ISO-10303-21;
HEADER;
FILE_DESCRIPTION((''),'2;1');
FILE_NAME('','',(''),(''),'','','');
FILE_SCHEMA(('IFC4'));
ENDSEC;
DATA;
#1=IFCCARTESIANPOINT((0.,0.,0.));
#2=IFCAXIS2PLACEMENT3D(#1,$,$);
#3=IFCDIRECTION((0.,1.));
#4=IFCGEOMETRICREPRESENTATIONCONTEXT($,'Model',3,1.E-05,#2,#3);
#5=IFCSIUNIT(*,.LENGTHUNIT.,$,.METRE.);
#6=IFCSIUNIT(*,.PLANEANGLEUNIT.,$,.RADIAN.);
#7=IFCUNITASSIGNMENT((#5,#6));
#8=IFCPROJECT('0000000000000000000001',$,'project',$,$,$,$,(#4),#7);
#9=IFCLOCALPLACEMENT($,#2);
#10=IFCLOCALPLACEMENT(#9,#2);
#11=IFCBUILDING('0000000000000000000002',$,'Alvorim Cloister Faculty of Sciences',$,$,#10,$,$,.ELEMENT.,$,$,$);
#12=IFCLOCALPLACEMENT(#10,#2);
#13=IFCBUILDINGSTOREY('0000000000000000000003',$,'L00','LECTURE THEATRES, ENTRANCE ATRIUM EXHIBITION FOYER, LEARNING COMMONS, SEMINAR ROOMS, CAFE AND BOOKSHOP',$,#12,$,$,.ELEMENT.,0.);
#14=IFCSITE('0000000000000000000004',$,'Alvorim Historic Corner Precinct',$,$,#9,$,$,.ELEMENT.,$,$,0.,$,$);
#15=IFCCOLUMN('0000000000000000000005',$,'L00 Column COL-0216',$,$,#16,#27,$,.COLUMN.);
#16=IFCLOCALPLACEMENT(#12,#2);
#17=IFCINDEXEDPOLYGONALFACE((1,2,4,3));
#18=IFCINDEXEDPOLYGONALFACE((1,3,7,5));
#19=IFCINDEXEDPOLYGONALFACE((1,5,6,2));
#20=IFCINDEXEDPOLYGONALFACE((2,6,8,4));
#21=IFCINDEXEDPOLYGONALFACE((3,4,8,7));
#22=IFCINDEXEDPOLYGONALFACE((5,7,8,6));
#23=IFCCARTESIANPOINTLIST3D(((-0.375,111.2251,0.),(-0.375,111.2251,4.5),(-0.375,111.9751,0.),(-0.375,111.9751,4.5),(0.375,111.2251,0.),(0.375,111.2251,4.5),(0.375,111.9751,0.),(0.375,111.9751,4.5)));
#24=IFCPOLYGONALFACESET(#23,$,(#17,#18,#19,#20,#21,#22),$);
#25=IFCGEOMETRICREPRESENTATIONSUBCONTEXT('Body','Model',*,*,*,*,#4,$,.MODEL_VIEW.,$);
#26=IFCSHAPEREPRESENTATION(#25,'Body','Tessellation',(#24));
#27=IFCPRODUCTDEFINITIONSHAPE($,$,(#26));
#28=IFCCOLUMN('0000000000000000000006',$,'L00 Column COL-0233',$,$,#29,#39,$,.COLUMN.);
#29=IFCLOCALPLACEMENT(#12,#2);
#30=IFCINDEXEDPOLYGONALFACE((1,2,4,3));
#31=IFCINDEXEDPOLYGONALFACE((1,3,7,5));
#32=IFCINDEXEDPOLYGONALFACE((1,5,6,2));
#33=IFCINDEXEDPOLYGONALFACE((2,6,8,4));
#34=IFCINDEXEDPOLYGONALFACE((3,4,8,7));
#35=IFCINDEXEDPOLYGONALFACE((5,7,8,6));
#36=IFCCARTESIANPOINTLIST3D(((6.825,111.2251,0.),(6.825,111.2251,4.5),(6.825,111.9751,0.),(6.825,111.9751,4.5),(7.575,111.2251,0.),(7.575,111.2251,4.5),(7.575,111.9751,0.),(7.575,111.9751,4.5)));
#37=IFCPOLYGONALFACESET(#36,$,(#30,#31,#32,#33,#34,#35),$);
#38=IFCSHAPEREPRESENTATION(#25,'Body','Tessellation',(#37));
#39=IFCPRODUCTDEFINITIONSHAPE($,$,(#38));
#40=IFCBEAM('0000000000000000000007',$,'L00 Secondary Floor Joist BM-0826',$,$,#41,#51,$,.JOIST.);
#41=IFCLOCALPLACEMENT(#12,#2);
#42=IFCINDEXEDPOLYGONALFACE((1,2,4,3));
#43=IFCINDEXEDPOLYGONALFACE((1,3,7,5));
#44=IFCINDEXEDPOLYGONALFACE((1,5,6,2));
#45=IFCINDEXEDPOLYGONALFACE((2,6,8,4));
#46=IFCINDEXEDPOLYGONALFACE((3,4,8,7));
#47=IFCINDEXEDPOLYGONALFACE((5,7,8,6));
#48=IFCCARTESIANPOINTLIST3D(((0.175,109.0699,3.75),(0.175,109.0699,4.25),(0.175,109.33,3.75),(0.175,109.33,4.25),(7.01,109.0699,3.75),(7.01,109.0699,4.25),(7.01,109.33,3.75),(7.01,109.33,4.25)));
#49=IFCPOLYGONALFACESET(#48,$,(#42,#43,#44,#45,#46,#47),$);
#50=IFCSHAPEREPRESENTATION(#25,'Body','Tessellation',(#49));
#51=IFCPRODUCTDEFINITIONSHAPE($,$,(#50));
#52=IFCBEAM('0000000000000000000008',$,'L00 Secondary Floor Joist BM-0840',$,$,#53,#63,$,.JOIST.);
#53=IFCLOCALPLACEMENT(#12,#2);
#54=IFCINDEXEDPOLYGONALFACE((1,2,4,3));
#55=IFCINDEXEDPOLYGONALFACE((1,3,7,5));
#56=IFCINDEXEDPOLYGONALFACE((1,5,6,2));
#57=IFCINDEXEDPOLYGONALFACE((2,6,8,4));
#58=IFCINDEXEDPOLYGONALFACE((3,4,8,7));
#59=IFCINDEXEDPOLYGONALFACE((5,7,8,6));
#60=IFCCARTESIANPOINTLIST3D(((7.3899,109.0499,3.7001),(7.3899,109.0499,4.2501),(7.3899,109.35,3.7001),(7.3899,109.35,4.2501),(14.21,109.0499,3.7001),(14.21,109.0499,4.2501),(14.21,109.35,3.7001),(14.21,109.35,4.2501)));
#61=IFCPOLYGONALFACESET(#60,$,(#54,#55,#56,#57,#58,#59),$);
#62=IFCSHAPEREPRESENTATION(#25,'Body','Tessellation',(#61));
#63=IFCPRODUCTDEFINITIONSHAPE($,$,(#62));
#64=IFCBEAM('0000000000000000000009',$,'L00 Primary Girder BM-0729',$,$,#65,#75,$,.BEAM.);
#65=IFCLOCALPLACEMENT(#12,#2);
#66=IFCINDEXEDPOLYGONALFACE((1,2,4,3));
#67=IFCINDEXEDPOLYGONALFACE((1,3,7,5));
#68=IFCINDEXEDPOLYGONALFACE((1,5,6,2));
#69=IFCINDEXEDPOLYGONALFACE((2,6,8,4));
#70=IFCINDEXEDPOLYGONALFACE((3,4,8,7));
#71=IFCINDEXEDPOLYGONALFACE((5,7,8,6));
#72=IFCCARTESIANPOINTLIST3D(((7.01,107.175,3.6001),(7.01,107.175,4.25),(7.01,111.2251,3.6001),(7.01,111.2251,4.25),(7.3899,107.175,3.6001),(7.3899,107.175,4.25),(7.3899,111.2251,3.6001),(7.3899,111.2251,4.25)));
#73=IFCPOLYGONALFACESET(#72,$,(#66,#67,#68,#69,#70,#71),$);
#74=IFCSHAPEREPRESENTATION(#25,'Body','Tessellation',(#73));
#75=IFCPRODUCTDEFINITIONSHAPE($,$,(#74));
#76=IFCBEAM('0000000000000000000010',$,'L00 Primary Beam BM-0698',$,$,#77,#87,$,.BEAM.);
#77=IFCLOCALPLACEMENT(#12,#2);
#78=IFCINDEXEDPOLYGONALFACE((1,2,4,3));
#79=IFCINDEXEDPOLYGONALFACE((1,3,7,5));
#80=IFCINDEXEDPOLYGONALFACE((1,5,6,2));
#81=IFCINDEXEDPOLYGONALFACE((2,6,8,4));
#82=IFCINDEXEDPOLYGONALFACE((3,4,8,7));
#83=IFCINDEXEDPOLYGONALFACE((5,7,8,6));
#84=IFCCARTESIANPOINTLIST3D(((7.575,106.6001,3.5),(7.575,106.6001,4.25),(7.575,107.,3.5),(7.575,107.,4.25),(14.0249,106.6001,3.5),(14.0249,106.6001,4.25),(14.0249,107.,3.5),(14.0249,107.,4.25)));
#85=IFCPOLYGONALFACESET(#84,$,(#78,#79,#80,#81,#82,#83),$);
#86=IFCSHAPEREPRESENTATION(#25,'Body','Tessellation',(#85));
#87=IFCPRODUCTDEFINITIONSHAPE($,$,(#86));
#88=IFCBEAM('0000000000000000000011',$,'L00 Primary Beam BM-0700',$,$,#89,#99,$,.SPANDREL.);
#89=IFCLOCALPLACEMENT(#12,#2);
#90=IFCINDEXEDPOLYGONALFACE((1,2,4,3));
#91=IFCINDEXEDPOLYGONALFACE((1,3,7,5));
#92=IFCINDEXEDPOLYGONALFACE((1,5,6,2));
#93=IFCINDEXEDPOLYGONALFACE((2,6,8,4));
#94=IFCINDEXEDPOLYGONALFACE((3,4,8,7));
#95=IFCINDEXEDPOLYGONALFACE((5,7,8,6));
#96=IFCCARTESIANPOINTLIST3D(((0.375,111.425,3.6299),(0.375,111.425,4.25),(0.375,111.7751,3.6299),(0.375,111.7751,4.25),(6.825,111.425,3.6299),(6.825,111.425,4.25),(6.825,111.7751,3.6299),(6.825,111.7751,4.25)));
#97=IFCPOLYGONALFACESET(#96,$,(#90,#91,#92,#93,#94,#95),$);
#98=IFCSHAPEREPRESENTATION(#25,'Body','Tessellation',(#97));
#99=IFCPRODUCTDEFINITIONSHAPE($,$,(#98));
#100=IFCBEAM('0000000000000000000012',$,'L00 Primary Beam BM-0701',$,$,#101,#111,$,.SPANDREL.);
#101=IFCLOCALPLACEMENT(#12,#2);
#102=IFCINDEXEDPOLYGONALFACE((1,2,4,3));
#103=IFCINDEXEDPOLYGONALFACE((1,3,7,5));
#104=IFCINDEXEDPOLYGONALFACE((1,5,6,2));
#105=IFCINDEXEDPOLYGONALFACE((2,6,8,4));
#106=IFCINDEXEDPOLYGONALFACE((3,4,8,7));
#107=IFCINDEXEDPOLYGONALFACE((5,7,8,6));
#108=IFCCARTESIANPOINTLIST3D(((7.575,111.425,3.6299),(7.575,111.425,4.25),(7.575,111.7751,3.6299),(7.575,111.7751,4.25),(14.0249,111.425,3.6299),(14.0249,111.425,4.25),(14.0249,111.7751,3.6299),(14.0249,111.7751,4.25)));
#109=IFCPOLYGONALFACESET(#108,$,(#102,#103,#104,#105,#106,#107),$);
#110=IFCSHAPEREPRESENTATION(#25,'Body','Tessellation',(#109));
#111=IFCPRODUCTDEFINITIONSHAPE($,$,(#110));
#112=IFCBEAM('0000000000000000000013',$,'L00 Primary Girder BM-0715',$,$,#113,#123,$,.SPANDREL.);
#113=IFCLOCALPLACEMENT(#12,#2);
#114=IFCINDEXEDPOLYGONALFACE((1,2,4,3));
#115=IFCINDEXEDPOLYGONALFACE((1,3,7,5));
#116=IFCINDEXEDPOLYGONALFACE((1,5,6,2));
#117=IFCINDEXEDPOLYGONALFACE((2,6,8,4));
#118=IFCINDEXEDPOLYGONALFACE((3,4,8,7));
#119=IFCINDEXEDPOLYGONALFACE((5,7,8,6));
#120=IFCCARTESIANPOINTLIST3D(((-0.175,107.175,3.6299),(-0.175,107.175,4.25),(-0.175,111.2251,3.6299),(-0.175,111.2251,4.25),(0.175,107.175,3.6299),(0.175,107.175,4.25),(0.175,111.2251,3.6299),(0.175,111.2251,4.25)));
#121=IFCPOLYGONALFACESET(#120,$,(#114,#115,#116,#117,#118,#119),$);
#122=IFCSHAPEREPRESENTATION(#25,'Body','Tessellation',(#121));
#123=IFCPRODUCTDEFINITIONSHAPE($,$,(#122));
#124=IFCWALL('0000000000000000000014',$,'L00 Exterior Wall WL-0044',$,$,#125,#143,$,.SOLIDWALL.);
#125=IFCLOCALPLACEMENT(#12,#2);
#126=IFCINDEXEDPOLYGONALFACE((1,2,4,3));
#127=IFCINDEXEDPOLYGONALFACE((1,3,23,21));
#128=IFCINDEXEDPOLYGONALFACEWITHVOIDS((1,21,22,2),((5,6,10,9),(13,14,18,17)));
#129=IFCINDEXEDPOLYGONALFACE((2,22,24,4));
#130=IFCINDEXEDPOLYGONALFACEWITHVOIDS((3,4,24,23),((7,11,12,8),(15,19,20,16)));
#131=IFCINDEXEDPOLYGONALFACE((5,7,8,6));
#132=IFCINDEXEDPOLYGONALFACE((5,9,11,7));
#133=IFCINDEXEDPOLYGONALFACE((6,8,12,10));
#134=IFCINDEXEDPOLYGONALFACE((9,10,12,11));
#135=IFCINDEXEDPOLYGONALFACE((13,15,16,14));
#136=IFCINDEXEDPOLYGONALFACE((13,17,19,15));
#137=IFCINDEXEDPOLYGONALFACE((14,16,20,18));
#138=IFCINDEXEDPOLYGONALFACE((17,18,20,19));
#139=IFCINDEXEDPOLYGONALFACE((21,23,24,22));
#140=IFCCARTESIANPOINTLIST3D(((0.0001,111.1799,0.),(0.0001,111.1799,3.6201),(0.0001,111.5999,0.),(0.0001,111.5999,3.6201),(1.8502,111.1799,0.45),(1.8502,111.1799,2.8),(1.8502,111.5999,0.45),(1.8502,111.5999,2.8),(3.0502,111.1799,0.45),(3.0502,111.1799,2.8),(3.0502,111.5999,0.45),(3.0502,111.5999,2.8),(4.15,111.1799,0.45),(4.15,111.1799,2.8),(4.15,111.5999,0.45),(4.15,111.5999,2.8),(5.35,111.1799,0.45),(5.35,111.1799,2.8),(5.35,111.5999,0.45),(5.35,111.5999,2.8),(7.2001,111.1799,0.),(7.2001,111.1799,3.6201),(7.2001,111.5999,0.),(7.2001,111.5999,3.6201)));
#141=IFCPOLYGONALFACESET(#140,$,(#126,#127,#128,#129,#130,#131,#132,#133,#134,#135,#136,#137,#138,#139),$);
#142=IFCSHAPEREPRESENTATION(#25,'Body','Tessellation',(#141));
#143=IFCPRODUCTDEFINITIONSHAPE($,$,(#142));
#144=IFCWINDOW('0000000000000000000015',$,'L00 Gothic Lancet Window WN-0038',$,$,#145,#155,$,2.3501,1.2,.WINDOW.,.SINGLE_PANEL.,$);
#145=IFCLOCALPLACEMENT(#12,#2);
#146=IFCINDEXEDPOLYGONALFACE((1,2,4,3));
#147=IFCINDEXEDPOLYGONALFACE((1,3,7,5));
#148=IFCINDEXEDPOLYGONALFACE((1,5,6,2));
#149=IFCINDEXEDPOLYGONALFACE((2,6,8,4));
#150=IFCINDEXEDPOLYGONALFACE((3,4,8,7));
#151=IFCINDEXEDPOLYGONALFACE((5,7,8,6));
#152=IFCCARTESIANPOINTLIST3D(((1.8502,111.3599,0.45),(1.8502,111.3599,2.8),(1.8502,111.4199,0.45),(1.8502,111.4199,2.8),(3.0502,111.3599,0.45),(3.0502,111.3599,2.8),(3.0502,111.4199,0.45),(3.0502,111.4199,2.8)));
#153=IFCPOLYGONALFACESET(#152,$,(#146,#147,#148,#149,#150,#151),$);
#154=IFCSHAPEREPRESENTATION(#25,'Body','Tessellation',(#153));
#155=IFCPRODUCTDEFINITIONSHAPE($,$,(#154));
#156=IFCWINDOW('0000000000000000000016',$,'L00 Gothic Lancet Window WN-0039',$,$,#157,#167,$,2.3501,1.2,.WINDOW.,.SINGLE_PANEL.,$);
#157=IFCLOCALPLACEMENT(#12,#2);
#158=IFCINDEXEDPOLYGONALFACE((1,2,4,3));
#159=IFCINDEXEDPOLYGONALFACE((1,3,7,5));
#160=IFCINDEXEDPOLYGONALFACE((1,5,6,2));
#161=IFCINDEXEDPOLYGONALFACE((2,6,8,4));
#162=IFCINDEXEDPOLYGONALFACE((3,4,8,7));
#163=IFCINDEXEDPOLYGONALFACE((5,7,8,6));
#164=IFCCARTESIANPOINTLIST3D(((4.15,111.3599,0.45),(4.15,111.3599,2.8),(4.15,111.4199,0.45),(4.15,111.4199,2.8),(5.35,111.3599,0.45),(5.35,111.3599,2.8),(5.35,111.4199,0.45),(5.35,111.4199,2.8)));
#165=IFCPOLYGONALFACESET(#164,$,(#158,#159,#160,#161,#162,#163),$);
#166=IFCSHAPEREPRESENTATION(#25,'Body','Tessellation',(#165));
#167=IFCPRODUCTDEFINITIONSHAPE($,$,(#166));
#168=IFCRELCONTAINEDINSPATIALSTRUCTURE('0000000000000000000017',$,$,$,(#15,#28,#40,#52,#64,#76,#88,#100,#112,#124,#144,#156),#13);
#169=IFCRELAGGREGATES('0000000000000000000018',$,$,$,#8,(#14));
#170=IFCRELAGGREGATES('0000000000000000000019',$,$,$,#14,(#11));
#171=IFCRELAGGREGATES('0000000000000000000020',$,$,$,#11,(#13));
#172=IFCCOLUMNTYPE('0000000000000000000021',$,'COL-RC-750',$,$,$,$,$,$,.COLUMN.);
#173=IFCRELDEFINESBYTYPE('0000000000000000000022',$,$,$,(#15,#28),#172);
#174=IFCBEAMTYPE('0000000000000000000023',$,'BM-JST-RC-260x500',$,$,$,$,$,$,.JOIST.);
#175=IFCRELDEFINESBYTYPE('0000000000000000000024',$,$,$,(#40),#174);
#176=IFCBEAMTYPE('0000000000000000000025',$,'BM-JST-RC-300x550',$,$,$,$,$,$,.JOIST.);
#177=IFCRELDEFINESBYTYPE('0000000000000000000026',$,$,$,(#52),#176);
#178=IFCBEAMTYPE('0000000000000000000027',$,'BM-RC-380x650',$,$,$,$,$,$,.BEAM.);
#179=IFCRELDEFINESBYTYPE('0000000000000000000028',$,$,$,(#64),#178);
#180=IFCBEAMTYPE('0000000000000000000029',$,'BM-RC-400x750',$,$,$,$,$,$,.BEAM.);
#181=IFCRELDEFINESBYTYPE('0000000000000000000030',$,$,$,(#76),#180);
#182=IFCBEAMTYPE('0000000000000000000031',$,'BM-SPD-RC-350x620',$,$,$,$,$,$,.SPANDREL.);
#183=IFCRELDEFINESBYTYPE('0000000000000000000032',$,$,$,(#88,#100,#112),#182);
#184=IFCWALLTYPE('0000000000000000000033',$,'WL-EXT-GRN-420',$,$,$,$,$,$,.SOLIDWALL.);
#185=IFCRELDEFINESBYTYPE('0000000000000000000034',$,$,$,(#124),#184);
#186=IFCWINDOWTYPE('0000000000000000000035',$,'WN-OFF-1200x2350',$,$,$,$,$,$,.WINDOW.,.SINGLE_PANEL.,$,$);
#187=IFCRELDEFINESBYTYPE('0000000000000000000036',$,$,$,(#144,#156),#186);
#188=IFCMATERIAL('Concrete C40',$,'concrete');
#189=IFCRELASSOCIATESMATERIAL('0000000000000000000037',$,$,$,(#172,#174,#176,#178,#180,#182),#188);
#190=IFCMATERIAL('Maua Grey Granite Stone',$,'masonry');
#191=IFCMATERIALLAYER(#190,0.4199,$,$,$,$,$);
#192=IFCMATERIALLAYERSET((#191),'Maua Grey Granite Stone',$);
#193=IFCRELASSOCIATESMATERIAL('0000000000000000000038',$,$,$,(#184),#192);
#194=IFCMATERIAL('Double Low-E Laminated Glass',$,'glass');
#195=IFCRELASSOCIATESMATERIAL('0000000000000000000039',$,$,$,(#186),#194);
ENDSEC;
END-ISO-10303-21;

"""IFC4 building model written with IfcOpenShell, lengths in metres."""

from ifc_helpers import new_model, si_unit, direction, frame, frame_2d, origin, origin_2d, place, context, subcontext, project, spatial, rectangle, extrude, material, layer, layer_set, material_profile, profile_set, type_object, element, fill, save


model = new_model("IFC4")

# Units and contexts
model_context = context("Model", 3, precision=1e-05, world=origin(), true_north=direction((0.0, 1.0)))
body_context = subcontext(model_context, "Body", "Model", "MODEL_VIEW")
ifc_project = project(units=[si_unit("LENGTHUNIT", "METRE"), si_unit("PLANEANGLEUNIT", "RADIAN")], contexts=[model_context])

# Site, building, storey
site_placement = place(None, origin())
site = spatial("IfcSite", under=ifc_project, at=site_placement, Name="Alvorim Historic Corner Precinct", CompositionType="ELEMENT", RefElevation=0.0)
building_placement = place(site_placement, origin())
building = spatial("IfcBuilding", under=site, at=building_placement, Name="Alvorim Cloister Faculty of Sciences", CompositionType="ELEMENT")
storey_placement = place(building_placement, origin())
storey = spatial("IfcBuildingStorey", under=building, at=storey_placement, Name="L00", Description="LECTURE THEATRES, ENTRANCE ATRIUM EXHIBITION FOYER, LEARNING COMMONS, SEMINAR ROOMS, CAFE AND BOOKSHOP", CompositionType="ELEMENT", Elevation=0.0)

# Columns
ifc_material_1 = material(Name="Concrete C40", Category="concrete")
ifc_material_profile_1 = material_profile(ifc_material_1, rectangle(XDim=0.75, YDim=0.75, at=origin_2d()), Name="RC40-COL-750x750")
ifc_profile_set_1 = profile_set([ifc_material_profile_1], Name="Concrete C40")
column_type = type_object("IfcColumnType", Name="COL-RC-750", PredefinedType="COLUMN", material=ifc_profile_set_1)
for number, where, z_axis, x_axis, name in (
    (1, (0.0, 111.6001, 0.0), (0.0, 0.0, 1.0), (1.0, 0.0, 0.0), "L00 Column COL-0216"),
    (2, (7.2, 111.6001, 0.0), (0.0, 0.0, 1.0), (1.0, 0.0, 0.0), "L00 Column COL-0233"),
):
    element("IfcColumn", number, at=place(storey_placement, frame(where, z_axis=z_axis, x_axis=x_axis)), inside=storey, type_object=column_type, Name=name, PredefinedType="COLUMN", context=body_context, shape_type="SweptSolid", body=[
        extrude(rectangle(XDim=0.75, YDim=0.75, at=origin_2d()), origin(), (0.0, 0.0, 1.0), 4.5),
    ])

# Beams
ifc_material_profile_2 = material_profile(ifc_material_1, rectangle(XDim=0.26, YDim=0.5, at=origin_2d()), Name="RC40-JST-260x500")
ifc_profile_set_2 = profile_set([ifc_material_profile_2], Name="Concrete C40")
beam_type_1 = type_object("IfcBeamType", Name="BM-JST-RC-260x500", PredefinedType="JOIST", material=ifc_profile_set_2)
beam_1_placement = place(storey_placement, frame((0.175, 109.2, 4.0), z_axis=(1.0, 0.0, 0.0), x_axis=(0.0, 1.0, 0.0)))
element("IfcBeam", 3, at=beam_1_placement, inside=storey, type_object=beam_type_1, Name="L00 Secondary Floor Joist BM-0826", PredefinedType="JOIST", context=body_context, shape_type="SweptSolid", body=[
    extrude(rectangle(XDim=0.26, YDim=0.5, at=origin_2d()), origin(), (0.0, 0.0, 1.0), 6.835),
])
ifc_material_profile_3 = material_profile(ifc_material_1, rectangle(XDim=0.3, YDim=0.55, at=origin_2d()), Name="RC40-JST-300x550")
ifc_profile_set_3 = profile_set([ifc_material_profile_3], Name="Concrete C40")
beam_type_2 = type_object("IfcBeamType", Name="BM-JST-RC-300x550", PredefinedType="JOIST", material=ifc_profile_set_3)
beam_2_placement = place(storey_placement, frame((7.3899, 109.2, 3.9751), z_axis=(1.0, 0.0, 0.0), x_axis=(0.0, 1.0, 0.0)))
element("IfcBeam", 4, at=beam_2_placement, inside=storey, type_object=beam_type_2, Name="L00 Secondary Floor Joist BM-0840", PredefinedType="JOIST", context=body_context, shape_type="SweptSolid", body=[
    extrude(rectangle(XDim=0.3, YDim=0.55, at=origin_2d()), origin(), (0.0, 0.0, 1.0), 6.8201),
])
ifc_material_profile_4 = material_profile(ifc_material_1, rectangle(XDim=0.3799, YDim=0.6499, at=origin_2d()), Name="RC40-BM-380x650")
ifc_profile_set_4 = profile_set([ifc_material_profile_4], Name="Concrete C40")
beam_type_3 = type_object("IfcBeamType", Name="BM-RC-380x650", PredefinedType="BEAM", material=ifc_profile_set_4)
beam_3_placement = place(storey_placement, frame((7.2, 107.175, 3.925), z_axis=(0.0, 1.0, 0.0), x_axis=(-1.0, 0.0, 0.0)))
element("IfcBeam", 5, at=beam_3_placement, inside=storey, type_object=beam_type_3, Name="L00 Primary Girder BM-0729", PredefinedType="BEAM", context=body_context, shape_type="SweptSolid", body=[
    extrude(rectangle(XDim=0.3799, YDim=0.6499, at=origin_2d()), origin(), (0.0, 0.0, 1.0), 4.05),
])
ifc_material_profile_5 = material_profile(ifc_material_1, rectangle(XDim=0.3999, YDim=0.75, at=origin_2d()), Name="RC40-BM-400x750")
ifc_profile_set_5 = profile_set([ifc_material_profile_5], Name="Concrete C40")
beam_type_4 = type_object("IfcBeamType", Name="BM-RC-400x750", PredefinedType="BEAM", material=ifc_profile_set_5)
beam_4_placement = place(storey_placement, frame((7.575, 106.8, 3.875), z_axis=(1.0, 0.0, 0.0), x_axis=(0.0, 1.0, 0.0)))
element("IfcBeam", 6, at=beam_4_placement, inside=storey, type_object=beam_type_4, Name="L00 Primary Beam BM-0698", PredefinedType="BEAM", context=body_context, shape_type="SweptSolid", body=[
    extrude(rectangle(XDim=0.3999, YDim=0.75, at=origin_2d()), origin(), (0.0, 0.0, 1.0), 6.45),
])
ifc_material_profile_6 = material_profile(ifc_material_1, rectangle(XDim=0.3501, YDim=0.6201, at=origin_2d()), Name="RC40-SPD-350x620")
ifc_profile_set_6 = profile_set([ifc_material_profile_6], Name="Concrete C40")
beam_type_5 = type_object("IfcBeamType", Name="BM-SPD-RC-350x620", PredefinedType="SPANDREL", material=ifc_profile_set_6)
for number, where, z_axis, x_axis, name in (
    (7, (0.375, 111.6001, 3.9399), (1.0, 0.0, 0.0), (0.0, 1.0, 0.0), "L00 Primary Beam BM-0700"),
    (8, (7.575, 111.6001, 3.9399), (1.0, 0.0, 0.0), (0.0, 1.0, 0.0), "L00 Primary Beam BM-0701"),
):
    element("IfcBeam", number, at=place(storey_placement, frame(where, z_axis=z_axis, x_axis=x_axis)), inside=storey, type_object=beam_type_5, Name=name, PredefinedType="SPANDREL", context=body_context, shape_type="SweptSolid", body=[
        extrude(rectangle(XDim=0.3501, YDim=0.6201, at=origin_2d()), origin(), (0.0, 0.0, 1.0), 6.45),
    ])
beam_5_placement = place(storey_placement, frame((0.0, 107.175, 3.9399), z_axis=(0.0, 1.0, 0.0), x_axis=(-1.0, 0.0, 0.0)))
element("IfcBeam", 9, at=beam_5_placement, inside=storey, type_object=beam_type_5, Name="L00 Primary Girder BM-0715", PredefinedType="SPANDREL", context=body_context, shape_type="SweptSolid", body=[
    extrude(rectangle(XDim=0.3501, YDim=0.6201, at=origin_2d()), origin(), (0.0, 0.0, 1.0), 4.05),
])

# Wall, openings, windows
ifc_material_2 = material(Name="Maua Grey Granite Stone", Category="masonry")
ifc_layer_1 = layer(ifc_material_2, 0.4199)
ifc_layer_set_1 = layer_set([ifc_layer_1], Name="Maua Grey Granite Stone")
wall_type = type_object("IfcWallType", Name="WL-EXT-GRN-420", PredefinedType="SOLIDWALL", material=ifc_layer_set_1)
wall_1_placement = place(storey_placement, frame((0.0, 111.3899, 0.0), z_axis=(0.0, 0.0, 1.0), x_axis=(1.0, 0.0, 0.0)))
wall_1 = element("IfcWall", 10, at=wall_1_placement, inside=storey, type_object=wall_type, Name="L00 Exterior Wall WL-0044", PredefinedType="SOLIDWALL", context=body_context, shape_type="SweptSolid", body=[
    extrude(rectangle(XDim=7.2, YDim=0.4199, at=frame_2d((3.6001, 0.0))), origin(), (0.0, 0.0, 1.0), 3.6201),
])
opening_1_placement = place(wall_1_placement, frame((1.8501, 0.0, 0.45)))
opening_1 = element("IfcOpeningElement", 11, at=opening_1_placement, cuts=wall_1, PredefinedType="OPENING", context=body_context, shape_type="SweptSolid", body=[
    extrude(rectangle(XDim=1.2, YDim=2.3501, at=frame_2d((0.6001, 1.175))), frame((0.0, 0.2219, 0.0), z_axis=(0.0, -1.0, 0.0), x_axis=(1.0, 0.0, 0.0)), (0.0, 0.0, 1.0), 0.4438),
])
opening_2_placement = place(wall_1_placement, frame((4.1499, 0.0, 0.45)))
opening_2 = element("IfcOpeningElement", 12, at=opening_2_placement, cuts=wall_1, PredefinedType="OPENING", context=body_context, shape_type="SweptSolid", body=[
    extrude(rectangle(XDim=1.2, YDim=2.3501, at=frame_2d((0.6001, 1.175))), frame((0.0, 0.2219, 0.0), z_axis=(0.0, -1.0, 0.0), x_axis=(1.0, 0.0, 0.0)), (0.0, 0.0, 1.0), 0.4438),
])
ifc_material_3 = material(Name="Double Low-E Laminated Glass", Category="glass")
window_type = type_object("IfcWindowType", Name="WN-OFF-1200x2350", PartitioningType="SINGLE_PANEL", PredefinedType="WINDOW", material=ifc_material_3)
window_1_placement = place(opening_1_placement, origin())
window_1 = element("IfcWindow", 13, at=window_1_placement, inside=storey, type_object=window_type, Name="L00 Gothic Lancet Window WN-0038", OverallHeight=2.3501, OverallWidth=1.2, PartitioningType="SINGLE_PANEL", PredefinedType="WINDOW", context=body_context, shape_type="SweptSolid", body=[
    extrude(rectangle(XDim=1.2, YDim=2.3501, at=frame_2d((0.6001, 1.175))), frame((0.0, 0.03, 0.0), z_axis=(0.0, -1.0, 0.0), x_axis=(1.0, 0.0, 0.0)), (0.0, 0.0, 1.0), 0.0601),
])
fill(opening_1, window_1)
window_2_placement = place(opening_2_placement, origin())
window_2 = element("IfcWindow", 14, at=window_2_placement, inside=storey, type_object=window_type, Name="L00 Gothic Lancet Window WN-0039", OverallHeight=2.3501, OverallWidth=1.2, PartitioningType="SINGLE_PANEL", PredefinedType="WINDOW", context=body_context, shape_type="SweptSolid", body=[
    extrude(rectangle(XDim=1.2, YDim=2.3501, at=frame_2d((0.6001, 1.175))), frame((0.0, 0.03, 0.0), z_axis=(0.0, -1.0, 0.0), x_axis=(1.0, 0.0, 0.0)), (0.0, 0.0, 1.0), 0.0601),
])
fill(opening_2, window_2)

save(model, "model.ifc")
